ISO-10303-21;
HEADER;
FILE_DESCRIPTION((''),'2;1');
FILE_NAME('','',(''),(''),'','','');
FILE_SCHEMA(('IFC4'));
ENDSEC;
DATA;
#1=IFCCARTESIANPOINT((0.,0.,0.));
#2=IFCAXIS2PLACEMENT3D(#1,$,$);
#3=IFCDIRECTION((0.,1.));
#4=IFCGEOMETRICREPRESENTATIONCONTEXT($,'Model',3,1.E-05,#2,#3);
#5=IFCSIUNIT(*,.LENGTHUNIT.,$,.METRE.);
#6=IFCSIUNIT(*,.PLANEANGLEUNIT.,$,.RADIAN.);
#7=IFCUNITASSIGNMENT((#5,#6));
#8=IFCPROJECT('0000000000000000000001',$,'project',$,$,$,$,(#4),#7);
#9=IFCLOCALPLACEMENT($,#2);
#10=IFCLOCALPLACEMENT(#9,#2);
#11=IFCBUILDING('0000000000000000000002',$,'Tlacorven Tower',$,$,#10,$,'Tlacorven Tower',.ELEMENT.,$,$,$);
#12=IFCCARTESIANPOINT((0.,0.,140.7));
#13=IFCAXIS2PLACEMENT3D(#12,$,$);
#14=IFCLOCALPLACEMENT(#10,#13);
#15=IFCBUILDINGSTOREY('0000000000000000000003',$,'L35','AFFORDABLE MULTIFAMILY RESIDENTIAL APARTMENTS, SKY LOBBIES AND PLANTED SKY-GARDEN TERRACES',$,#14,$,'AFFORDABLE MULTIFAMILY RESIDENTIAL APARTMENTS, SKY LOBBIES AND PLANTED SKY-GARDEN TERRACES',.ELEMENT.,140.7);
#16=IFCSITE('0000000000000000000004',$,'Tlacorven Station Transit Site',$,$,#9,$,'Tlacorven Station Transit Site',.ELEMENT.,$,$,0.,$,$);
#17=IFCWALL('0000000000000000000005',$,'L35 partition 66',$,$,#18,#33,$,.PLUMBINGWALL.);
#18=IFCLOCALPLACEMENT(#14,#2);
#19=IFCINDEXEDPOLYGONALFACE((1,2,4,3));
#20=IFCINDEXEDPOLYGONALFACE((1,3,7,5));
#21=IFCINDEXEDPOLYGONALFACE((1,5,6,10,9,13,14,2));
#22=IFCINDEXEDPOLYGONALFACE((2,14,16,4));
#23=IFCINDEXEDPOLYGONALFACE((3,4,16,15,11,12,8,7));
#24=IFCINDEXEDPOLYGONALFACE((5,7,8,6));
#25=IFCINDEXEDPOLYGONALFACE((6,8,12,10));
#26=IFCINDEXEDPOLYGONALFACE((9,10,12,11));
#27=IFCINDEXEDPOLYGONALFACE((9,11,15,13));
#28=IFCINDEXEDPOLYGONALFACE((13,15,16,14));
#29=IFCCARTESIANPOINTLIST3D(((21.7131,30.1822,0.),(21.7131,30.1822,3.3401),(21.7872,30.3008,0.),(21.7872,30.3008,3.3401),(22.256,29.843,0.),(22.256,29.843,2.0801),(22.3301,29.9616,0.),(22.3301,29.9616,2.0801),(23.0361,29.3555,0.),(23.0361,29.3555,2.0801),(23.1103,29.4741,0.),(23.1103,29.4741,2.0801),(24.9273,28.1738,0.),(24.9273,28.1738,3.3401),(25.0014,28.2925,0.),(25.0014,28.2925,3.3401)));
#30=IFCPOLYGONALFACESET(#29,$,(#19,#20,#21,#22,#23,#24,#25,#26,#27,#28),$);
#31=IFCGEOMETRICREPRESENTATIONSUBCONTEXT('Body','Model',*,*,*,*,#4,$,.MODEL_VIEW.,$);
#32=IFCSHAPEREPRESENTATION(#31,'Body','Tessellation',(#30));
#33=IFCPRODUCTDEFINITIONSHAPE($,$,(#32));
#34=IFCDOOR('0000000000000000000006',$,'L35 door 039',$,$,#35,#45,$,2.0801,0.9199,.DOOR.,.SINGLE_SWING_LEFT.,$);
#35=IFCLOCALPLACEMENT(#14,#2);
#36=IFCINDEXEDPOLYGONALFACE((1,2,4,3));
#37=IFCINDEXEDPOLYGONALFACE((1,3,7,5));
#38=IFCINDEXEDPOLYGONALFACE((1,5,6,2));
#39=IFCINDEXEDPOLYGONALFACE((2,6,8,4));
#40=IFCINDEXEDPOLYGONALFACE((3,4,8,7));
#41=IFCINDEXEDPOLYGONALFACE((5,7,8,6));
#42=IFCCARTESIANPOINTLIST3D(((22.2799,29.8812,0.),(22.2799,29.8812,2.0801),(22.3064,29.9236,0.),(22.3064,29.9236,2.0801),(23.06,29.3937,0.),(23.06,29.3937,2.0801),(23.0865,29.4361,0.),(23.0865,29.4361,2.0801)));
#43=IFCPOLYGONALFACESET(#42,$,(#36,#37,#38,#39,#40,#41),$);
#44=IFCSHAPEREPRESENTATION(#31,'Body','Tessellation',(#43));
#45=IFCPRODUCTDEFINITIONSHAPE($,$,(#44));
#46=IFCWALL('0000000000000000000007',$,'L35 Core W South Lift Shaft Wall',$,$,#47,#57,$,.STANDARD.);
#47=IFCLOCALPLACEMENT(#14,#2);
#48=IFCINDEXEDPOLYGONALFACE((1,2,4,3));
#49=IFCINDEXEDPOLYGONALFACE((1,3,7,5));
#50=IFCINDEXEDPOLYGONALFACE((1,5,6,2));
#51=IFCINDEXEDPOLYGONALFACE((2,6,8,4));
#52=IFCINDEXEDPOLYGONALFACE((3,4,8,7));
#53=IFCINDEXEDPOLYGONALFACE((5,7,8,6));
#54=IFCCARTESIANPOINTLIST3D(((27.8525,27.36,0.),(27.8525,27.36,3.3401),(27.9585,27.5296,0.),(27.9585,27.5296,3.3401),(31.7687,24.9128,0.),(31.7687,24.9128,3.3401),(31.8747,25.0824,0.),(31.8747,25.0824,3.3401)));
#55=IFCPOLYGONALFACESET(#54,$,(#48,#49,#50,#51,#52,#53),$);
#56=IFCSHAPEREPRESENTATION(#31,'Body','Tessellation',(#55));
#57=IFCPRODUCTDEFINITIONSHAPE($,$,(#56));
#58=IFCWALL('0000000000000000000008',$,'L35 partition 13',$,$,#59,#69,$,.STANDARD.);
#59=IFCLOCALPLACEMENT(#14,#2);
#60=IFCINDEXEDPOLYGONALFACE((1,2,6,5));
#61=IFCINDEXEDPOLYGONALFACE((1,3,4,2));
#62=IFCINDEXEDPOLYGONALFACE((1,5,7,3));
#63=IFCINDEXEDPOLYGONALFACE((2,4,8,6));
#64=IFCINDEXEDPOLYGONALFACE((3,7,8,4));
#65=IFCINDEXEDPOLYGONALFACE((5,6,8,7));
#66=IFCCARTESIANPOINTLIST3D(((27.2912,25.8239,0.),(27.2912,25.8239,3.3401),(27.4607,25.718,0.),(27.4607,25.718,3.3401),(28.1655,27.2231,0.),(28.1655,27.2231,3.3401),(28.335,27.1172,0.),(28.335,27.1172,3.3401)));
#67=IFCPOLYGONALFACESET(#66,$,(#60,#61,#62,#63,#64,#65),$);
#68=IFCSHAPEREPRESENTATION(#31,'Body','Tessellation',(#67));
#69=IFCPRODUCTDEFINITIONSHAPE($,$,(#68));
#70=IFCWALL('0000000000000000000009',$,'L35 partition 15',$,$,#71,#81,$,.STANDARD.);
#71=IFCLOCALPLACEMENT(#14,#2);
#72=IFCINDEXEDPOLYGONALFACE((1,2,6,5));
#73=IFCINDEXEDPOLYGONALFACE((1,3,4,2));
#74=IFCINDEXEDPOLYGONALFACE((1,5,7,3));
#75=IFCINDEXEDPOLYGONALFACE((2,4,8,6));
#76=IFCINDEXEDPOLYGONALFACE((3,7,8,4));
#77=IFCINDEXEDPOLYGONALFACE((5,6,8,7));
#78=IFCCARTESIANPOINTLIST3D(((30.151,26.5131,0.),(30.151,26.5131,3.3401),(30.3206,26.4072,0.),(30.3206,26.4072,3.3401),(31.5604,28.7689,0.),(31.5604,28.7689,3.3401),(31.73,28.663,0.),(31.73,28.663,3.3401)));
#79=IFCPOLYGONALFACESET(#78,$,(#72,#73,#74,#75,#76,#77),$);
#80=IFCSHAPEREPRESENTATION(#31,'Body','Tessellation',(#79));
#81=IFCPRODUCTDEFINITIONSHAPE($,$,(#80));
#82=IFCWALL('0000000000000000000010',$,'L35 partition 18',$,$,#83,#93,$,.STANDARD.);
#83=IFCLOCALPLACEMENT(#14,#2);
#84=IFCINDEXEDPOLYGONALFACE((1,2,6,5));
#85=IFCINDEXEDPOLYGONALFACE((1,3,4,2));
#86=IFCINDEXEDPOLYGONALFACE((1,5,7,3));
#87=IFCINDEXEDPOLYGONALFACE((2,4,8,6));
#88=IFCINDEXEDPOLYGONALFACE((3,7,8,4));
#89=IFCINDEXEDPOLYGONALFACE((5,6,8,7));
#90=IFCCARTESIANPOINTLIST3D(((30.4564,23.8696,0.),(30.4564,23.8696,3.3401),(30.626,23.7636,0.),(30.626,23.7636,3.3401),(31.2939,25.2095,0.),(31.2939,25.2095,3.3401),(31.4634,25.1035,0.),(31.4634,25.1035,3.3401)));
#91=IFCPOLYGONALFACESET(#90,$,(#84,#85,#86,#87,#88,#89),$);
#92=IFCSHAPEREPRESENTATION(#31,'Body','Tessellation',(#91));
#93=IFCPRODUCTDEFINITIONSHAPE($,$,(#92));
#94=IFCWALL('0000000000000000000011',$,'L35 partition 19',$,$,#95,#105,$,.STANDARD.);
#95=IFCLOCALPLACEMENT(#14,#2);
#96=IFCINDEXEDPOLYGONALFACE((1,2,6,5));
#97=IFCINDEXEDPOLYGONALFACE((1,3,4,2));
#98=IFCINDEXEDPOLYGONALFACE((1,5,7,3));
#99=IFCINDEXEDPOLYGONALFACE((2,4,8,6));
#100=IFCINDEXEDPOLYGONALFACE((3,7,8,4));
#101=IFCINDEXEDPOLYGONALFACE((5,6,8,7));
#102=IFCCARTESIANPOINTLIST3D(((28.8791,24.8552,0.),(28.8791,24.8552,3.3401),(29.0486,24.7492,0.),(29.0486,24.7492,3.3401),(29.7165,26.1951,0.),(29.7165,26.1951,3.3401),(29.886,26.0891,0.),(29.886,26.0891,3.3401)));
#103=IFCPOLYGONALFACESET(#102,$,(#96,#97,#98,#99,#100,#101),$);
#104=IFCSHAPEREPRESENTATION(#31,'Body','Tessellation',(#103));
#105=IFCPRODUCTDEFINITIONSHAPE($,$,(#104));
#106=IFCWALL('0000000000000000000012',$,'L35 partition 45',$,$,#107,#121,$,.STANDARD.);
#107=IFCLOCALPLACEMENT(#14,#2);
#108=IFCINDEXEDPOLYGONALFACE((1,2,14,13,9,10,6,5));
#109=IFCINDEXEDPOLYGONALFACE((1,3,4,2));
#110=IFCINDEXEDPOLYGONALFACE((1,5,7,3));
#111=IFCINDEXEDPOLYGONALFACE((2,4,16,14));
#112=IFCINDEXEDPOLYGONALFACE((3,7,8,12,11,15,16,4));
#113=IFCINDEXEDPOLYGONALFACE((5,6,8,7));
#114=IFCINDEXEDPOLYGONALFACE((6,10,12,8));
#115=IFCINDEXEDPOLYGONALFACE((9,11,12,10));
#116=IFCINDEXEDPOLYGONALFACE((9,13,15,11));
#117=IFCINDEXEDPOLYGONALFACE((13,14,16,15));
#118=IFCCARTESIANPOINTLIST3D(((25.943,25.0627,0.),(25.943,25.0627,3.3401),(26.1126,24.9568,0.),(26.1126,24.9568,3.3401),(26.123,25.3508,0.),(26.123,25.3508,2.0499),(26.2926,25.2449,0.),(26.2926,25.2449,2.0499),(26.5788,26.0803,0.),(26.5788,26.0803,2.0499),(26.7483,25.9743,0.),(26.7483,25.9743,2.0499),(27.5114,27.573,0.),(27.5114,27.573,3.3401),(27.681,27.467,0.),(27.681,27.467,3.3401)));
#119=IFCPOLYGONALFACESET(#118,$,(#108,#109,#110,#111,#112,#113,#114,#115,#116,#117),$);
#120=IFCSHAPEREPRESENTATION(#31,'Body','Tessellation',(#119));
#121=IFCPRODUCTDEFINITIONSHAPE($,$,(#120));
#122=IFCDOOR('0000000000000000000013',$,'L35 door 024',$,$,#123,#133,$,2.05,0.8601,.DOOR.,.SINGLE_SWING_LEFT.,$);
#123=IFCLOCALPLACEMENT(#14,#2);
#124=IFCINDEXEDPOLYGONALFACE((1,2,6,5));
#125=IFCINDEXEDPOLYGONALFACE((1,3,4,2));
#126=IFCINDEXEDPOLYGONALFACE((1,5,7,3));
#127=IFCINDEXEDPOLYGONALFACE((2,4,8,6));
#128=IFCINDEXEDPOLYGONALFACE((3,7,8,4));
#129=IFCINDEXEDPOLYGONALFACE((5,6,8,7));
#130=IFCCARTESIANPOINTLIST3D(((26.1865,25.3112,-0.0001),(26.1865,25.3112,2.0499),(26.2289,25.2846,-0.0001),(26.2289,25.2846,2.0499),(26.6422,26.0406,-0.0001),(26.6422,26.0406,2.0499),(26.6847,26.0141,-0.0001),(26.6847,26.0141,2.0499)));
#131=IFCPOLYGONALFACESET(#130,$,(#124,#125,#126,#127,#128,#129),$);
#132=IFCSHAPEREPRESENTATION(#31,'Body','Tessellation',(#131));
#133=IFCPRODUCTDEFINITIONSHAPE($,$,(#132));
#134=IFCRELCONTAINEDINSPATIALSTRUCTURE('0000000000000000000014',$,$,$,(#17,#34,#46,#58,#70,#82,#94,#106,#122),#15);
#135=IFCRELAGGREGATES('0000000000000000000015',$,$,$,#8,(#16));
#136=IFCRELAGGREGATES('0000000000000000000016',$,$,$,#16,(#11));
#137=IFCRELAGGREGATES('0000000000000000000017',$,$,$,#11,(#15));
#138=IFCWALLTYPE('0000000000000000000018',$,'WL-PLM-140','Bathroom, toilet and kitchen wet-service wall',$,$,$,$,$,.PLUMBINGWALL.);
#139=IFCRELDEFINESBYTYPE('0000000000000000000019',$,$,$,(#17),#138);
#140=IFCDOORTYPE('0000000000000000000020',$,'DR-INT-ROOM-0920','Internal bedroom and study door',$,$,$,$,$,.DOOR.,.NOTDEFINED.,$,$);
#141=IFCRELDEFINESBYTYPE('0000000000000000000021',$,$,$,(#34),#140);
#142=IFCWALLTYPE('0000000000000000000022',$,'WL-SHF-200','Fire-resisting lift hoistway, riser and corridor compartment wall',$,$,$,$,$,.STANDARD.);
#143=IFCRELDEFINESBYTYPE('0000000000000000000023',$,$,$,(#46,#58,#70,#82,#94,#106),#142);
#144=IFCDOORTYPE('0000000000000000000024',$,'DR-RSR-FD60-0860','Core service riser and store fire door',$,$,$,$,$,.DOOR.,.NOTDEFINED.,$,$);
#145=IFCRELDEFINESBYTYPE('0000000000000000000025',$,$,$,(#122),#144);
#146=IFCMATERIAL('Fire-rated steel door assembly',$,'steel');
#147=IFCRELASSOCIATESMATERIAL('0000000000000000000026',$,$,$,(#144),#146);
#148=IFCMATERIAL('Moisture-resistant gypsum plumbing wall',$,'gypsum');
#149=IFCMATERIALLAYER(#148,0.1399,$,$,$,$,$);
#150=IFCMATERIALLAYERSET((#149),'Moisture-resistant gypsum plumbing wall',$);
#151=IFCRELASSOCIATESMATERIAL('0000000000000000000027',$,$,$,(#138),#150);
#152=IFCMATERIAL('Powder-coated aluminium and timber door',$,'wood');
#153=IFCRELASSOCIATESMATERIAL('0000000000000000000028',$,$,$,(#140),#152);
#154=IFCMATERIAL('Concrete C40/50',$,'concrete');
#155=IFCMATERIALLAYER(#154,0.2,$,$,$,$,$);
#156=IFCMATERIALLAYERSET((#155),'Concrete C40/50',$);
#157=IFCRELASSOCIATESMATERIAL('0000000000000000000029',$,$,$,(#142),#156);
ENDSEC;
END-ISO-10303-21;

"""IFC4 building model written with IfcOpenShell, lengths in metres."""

from ifc_helpers import new_model, si_unit, direction, frame, frame_2d, origin, place, context, subcontext, project, spatial, rectangle, extrude, source, transform, mapped, material, layer, layer_set, type_object, element, fill, save


model = new_model("IFC4")

# Units and contexts
model_context = context("Model", 3, precision=1e-05, world=origin(), true_north=direction((0.0, 1.0)))
body_context = subcontext(model_context, "Body", "Model", "MODEL_VIEW")
ifc_project = project(units=[si_unit("LENGTHUNIT", "METRE"), si_unit("PLANEANGLEUNIT", "RADIAN")], contexts=[model_context])

# Site, building, storey
site_placement = place(None, origin())
site = spatial("IfcSite", under=ifc_project, at=site_placement, Name="Tlacorven Station Transit Site", LongName="Tlacorven Station Transit Site", CompositionType="ELEMENT", RefElevation=0.0)
building_placement = place(site_placement, origin())
building = spatial("IfcBuilding", under=site, at=building_placement, Name="Tlacorven Tower", LongName="Tlacorven Tower", CompositionType="ELEMENT")
storey_placement = place(building_placement, frame((0.0, 0.0, 140.7)))
storey = spatial("IfcBuildingStorey", under=building, at=storey_placement, Name="L35", Description="AFFORDABLE MULTIFAMILY RESIDENTIAL APARTMENTS, SKY LOBBIES AND PLANTED SKY-GARDEN TERRACES", LongName="AFFORDABLE MULTIFAMILY RESIDENTIAL APARTMENTS, SKY LOBBIES AND PLANTED SKY-GARDEN TERRACES", CompositionType="ELEMENT", Elevation=140.7)

# Shared definitions
ifc_material_1 = material(Name="Fire-rated steel door assembly", Category="steel")
door_type_1 = type_object("IfcDoorType", Name="DR-RSR-FD60-0860", Description="Core service riser and store fire door", OperationType="NOTDEFINED", PredefinedType="DOOR", material=ifc_material_1)
shared_shape_1 = source(origin(), body_context, "Body", "SweptSolid", [
    extrude(rectangle(XDim=0.8601, YDim=2.05, at=frame_2d((0.4302, 1.0249))), frame((0.0, 0.0249, 0.0), z_axis=(0.0, -1.0, 0.0), x_axis=(1.0, 0.0, 0.0)), (0.0, 0.0, 1.0), 0.05),
])

# Wall, opening, door
ifc_material_2 = material(Name="Moisture-resistant gypsum plumbing wall", Category="gypsum")
ifc_layer_1 = layer(ifc_material_2, 0.1399)
ifc_layer_set_1 = layer_set([ifc_layer_1], Name="Moisture-resistant gypsum plumbing wall")
wall_type_1 = type_object("IfcWallType", Name="WL-PLM-140", Description="Bathroom, toilet and kitchen wet-service wall", PredefinedType="PLUMBINGWALL", material=ifc_layer_set_1)
ifc_material_3 = material(Name="Powder-coated aluminium and timber door", Category="wood")
wall_1_placement = place(storey_placement, frame((24.9644, 28.2332, 0.0), z_axis=(0.0, 0.0, 1.0), x_axis=(-0.84806, 0.529901, 0.0)))
wall_1 = element("IfcWall", 1, at=wall_1_placement, inside=storey, type_object=wall_type_1, Name="L35 partition 66", PredefinedType="PLUMBINGWALL", context=body_context, shape_type="SweptSolid", body=[
    extrude(rectangle(XDim=3.79, YDim=0.1399, at=frame_2d((1.895, 0.0))), origin(), (0.0, 0.0, 1.0), 3.3401),
])
opening_1_placement = place(wall_1_placement, frame((2.23, 0.0, 0.0)))
opening_1 = element("IfcOpeningElement", 2, at=opening_1_placement, cuts=wall_1, PredefinedType="OPENING", context=body_context, shape_type="SweptSolid", body=[
    extrude(rectangle(XDim=0.9199, YDim=2.0801, at=frame_2d((0.46, 1.04))), frame((0.0, 0.0801, 0.0), z_axis=(0.0, -1.0, 0.0), x_axis=(1.0, 0.0, 0.0)), (0.0, 0.0, 1.0), 0.1599),
])
door_type_2 = type_object("IfcDoorType", Name="DR-INT-ROOM-0920", Description="Internal bedroom and study door", OperationType="NOTDEFINED", PredefinedType="DOOR", material=ifc_material_3)
shared_shape_2 = source(origin(), body_context, "Body", "SweptSolid", [
    extrude(rectangle(XDim=0.9199, YDim=2.0801, at=frame_2d((0.46, 1.04))), frame((0.0, 0.0249, 0.0), z_axis=(0.0, -1.0, 0.0), x_axis=(1.0, 0.0, 0.0)), (0.0, 0.0, 1.0), 0.05),
])
door_1_placement = place(opening_1_placement, origin())
door_1 = element("IfcDoor", 3, at=door_1_placement, inside=storey, type_object=door_type_2, Name="L35 door 039", OperationType="SINGLE_SWING_LEFT", OverallHeight=2.0801, OverallWidth=0.9199, PredefinedType="DOOR", context=body_context, shape_type="MappedRepresentation", body=[
    mapped(shared_shape_2, transform((0.0, 0.0, 0.0), scale=1.0)),
])
fill(opening_1, door_1)

# Walls
ifc_material_4 = material(Name="Concrete C40/50", Category="concrete")
ifc_layer_2 = layer(ifc_material_4, 0.2)
ifc_layer_set_2 = layer_set([ifc_layer_2], Name="Concrete C40/50")
wall_type_2 = type_object("IfcWallType", Name="WL-SHF-200", Description="Fire-resisting lift hoistway, riser and corridor compartment wall", PredefinedType="STANDARD", material=ifc_layer_set_2)
wall_2_placement = place(storey_placement, frame((31.8218, 24.9976, 0.0), z_axis=(0.0, 0.0, 1.0), x_axis=(-0.848037, 0.529937, 0.0)))
element("IfcWall", 4, at=wall_2_placement, inside=storey, type_object=wall_type_2, Name="L35 Core W South Lift Shaft Wall", PredefinedType="STANDARD", context=body_context, shape_type="SweptSolid", body=[
    extrude(rectangle(XDim=4.6179, YDim=0.2, at=frame_2d((2.3091, 0.0))), origin(), (0.0, 0.0, 1.0), 3.3401),
])
wall_3_placement = place(storey_placement, frame((28.2502, 27.1702, 0.0), z_axis=(0.0, 0.0, 1.0), x_axis=(-0.529906, -0.848056, 0.0)))
element("IfcWall", 5, at=wall_3_placement, inside=storey, type_object=wall_type_2, Name="L35 partition 13", PredefinedType="STANDARD", context=body_context, shape_type="SweptSolid", body=[
    extrude(rectangle(XDim=1.6499, YDim=0.2, at=frame_2d((0.825, 0.0))), origin(), (0.0, 0.0, 1.0), 3.3401),
])
wall_4_placement = place(storey_placement, frame((31.6453, 28.7161, 0.0), z_axis=(0.0, 0.0, 1.0), x_axis=(-0.529867, -0.848081, 0.0)))
element("IfcWall", 6, at=wall_4_placement, inside=storey, type_object=wall_type_2, Name="L35 partition 15", PredefinedType="STANDARD", context=body_context, shape_type="SweptSolid", body=[
    extrude(rectangle(XDim=2.6599, YDim=0.2, at=frame_2d((1.3301, 0.0))), origin(), (0.0, 0.0, 1.0), 3.3401),
])
for number, where, z_axis, x_axis, name in (
    (7, (31.3787, 25.1565, 0.0), (0.0, 0.0, 1.0), (-0.529999, -0.847998, 0.0), "L35 partition 18"),
    (8, (29.8013, 26.1421, 0.0), (0.0, 0.0, 1.0), (-0.529999, -0.847998, 0.0), "L35 partition 19"),
):
    element("IfcWall", number, at=place(storey_placement, frame(where, z_axis=z_axis, x_axis=x_axis)), inside=storey, type_object=wall_type_2, Name=name, PredefinedType="STANDARD", context=body_context, shape_type="SweptSolid", body=[
        extrude(rectangle(XDim=1.5801, YDim=0.2, at=frame_2d((0.79, 0.0))), origin(), (0.0, 0.0, 1.0), 3.3401),
    ])

# Wall, opening, door
wall_5_placement = place(storey_placement, frame((27.5962, 27.52, 0.0), z_axis=(0.0, 0.0, 1.0), x_axis=(-0.529865, -0.848082, 0.0)))
wall_5 = element("IfcWall", 9, at=wall_5_placement, inside=storey, type_object=wall_type_2, Name="L35 partition 45", PredefinedType="STANDARD", context=body_context, shape_type="SweptSolid", body=[
    extrude(rectangle(XDim=2.96, YDim=0.2, at=frame_2d((1.48, 0.0))), origin(), (0.0, 0.0, 1.0), 3.3401),
])
opening_2_placement = place(wall_5_placement, frame((1.76, 0.0, 0.0)))
opening_2 = element("IfcOpeningElement", 10, at=opening_2_placement, cuts=wall_5, PredefinedType="OPENING", context=body_context, shape_type="SweptSolid", body=[
    extrude(rectangle(XDim=0.8601, YDim=2.05, at=frame_2d((0.4302, 1.0249))), frame((0.0, 0.1099, 0.0), z_axis=(0.0, -1.0, 0.0), x_axis=(1.0, 0.0, 0.0)), (0.0, 0.0, 1.0), 0.22),
])
door_2_placement = place(opening_2_placement, origin())
door_2 = element("IfcDoor", 11, at=door_2_placement, inside=storey, type_object=door_type_1, Name="L35 door 024", OperationType="SINGLE_SWING_LEFT", OverallHeight=2.05, OverallWidth=0.8601, PredefinedType="DOOR", context=body_context, shape_type="MappedRepresentation", body=[
    mapped(shared_shape_1, transform((0.0, 0.0, 0.0), scale=1.0)),
])
fill(opening_2, door_2)

save(model, "model.ifc")
